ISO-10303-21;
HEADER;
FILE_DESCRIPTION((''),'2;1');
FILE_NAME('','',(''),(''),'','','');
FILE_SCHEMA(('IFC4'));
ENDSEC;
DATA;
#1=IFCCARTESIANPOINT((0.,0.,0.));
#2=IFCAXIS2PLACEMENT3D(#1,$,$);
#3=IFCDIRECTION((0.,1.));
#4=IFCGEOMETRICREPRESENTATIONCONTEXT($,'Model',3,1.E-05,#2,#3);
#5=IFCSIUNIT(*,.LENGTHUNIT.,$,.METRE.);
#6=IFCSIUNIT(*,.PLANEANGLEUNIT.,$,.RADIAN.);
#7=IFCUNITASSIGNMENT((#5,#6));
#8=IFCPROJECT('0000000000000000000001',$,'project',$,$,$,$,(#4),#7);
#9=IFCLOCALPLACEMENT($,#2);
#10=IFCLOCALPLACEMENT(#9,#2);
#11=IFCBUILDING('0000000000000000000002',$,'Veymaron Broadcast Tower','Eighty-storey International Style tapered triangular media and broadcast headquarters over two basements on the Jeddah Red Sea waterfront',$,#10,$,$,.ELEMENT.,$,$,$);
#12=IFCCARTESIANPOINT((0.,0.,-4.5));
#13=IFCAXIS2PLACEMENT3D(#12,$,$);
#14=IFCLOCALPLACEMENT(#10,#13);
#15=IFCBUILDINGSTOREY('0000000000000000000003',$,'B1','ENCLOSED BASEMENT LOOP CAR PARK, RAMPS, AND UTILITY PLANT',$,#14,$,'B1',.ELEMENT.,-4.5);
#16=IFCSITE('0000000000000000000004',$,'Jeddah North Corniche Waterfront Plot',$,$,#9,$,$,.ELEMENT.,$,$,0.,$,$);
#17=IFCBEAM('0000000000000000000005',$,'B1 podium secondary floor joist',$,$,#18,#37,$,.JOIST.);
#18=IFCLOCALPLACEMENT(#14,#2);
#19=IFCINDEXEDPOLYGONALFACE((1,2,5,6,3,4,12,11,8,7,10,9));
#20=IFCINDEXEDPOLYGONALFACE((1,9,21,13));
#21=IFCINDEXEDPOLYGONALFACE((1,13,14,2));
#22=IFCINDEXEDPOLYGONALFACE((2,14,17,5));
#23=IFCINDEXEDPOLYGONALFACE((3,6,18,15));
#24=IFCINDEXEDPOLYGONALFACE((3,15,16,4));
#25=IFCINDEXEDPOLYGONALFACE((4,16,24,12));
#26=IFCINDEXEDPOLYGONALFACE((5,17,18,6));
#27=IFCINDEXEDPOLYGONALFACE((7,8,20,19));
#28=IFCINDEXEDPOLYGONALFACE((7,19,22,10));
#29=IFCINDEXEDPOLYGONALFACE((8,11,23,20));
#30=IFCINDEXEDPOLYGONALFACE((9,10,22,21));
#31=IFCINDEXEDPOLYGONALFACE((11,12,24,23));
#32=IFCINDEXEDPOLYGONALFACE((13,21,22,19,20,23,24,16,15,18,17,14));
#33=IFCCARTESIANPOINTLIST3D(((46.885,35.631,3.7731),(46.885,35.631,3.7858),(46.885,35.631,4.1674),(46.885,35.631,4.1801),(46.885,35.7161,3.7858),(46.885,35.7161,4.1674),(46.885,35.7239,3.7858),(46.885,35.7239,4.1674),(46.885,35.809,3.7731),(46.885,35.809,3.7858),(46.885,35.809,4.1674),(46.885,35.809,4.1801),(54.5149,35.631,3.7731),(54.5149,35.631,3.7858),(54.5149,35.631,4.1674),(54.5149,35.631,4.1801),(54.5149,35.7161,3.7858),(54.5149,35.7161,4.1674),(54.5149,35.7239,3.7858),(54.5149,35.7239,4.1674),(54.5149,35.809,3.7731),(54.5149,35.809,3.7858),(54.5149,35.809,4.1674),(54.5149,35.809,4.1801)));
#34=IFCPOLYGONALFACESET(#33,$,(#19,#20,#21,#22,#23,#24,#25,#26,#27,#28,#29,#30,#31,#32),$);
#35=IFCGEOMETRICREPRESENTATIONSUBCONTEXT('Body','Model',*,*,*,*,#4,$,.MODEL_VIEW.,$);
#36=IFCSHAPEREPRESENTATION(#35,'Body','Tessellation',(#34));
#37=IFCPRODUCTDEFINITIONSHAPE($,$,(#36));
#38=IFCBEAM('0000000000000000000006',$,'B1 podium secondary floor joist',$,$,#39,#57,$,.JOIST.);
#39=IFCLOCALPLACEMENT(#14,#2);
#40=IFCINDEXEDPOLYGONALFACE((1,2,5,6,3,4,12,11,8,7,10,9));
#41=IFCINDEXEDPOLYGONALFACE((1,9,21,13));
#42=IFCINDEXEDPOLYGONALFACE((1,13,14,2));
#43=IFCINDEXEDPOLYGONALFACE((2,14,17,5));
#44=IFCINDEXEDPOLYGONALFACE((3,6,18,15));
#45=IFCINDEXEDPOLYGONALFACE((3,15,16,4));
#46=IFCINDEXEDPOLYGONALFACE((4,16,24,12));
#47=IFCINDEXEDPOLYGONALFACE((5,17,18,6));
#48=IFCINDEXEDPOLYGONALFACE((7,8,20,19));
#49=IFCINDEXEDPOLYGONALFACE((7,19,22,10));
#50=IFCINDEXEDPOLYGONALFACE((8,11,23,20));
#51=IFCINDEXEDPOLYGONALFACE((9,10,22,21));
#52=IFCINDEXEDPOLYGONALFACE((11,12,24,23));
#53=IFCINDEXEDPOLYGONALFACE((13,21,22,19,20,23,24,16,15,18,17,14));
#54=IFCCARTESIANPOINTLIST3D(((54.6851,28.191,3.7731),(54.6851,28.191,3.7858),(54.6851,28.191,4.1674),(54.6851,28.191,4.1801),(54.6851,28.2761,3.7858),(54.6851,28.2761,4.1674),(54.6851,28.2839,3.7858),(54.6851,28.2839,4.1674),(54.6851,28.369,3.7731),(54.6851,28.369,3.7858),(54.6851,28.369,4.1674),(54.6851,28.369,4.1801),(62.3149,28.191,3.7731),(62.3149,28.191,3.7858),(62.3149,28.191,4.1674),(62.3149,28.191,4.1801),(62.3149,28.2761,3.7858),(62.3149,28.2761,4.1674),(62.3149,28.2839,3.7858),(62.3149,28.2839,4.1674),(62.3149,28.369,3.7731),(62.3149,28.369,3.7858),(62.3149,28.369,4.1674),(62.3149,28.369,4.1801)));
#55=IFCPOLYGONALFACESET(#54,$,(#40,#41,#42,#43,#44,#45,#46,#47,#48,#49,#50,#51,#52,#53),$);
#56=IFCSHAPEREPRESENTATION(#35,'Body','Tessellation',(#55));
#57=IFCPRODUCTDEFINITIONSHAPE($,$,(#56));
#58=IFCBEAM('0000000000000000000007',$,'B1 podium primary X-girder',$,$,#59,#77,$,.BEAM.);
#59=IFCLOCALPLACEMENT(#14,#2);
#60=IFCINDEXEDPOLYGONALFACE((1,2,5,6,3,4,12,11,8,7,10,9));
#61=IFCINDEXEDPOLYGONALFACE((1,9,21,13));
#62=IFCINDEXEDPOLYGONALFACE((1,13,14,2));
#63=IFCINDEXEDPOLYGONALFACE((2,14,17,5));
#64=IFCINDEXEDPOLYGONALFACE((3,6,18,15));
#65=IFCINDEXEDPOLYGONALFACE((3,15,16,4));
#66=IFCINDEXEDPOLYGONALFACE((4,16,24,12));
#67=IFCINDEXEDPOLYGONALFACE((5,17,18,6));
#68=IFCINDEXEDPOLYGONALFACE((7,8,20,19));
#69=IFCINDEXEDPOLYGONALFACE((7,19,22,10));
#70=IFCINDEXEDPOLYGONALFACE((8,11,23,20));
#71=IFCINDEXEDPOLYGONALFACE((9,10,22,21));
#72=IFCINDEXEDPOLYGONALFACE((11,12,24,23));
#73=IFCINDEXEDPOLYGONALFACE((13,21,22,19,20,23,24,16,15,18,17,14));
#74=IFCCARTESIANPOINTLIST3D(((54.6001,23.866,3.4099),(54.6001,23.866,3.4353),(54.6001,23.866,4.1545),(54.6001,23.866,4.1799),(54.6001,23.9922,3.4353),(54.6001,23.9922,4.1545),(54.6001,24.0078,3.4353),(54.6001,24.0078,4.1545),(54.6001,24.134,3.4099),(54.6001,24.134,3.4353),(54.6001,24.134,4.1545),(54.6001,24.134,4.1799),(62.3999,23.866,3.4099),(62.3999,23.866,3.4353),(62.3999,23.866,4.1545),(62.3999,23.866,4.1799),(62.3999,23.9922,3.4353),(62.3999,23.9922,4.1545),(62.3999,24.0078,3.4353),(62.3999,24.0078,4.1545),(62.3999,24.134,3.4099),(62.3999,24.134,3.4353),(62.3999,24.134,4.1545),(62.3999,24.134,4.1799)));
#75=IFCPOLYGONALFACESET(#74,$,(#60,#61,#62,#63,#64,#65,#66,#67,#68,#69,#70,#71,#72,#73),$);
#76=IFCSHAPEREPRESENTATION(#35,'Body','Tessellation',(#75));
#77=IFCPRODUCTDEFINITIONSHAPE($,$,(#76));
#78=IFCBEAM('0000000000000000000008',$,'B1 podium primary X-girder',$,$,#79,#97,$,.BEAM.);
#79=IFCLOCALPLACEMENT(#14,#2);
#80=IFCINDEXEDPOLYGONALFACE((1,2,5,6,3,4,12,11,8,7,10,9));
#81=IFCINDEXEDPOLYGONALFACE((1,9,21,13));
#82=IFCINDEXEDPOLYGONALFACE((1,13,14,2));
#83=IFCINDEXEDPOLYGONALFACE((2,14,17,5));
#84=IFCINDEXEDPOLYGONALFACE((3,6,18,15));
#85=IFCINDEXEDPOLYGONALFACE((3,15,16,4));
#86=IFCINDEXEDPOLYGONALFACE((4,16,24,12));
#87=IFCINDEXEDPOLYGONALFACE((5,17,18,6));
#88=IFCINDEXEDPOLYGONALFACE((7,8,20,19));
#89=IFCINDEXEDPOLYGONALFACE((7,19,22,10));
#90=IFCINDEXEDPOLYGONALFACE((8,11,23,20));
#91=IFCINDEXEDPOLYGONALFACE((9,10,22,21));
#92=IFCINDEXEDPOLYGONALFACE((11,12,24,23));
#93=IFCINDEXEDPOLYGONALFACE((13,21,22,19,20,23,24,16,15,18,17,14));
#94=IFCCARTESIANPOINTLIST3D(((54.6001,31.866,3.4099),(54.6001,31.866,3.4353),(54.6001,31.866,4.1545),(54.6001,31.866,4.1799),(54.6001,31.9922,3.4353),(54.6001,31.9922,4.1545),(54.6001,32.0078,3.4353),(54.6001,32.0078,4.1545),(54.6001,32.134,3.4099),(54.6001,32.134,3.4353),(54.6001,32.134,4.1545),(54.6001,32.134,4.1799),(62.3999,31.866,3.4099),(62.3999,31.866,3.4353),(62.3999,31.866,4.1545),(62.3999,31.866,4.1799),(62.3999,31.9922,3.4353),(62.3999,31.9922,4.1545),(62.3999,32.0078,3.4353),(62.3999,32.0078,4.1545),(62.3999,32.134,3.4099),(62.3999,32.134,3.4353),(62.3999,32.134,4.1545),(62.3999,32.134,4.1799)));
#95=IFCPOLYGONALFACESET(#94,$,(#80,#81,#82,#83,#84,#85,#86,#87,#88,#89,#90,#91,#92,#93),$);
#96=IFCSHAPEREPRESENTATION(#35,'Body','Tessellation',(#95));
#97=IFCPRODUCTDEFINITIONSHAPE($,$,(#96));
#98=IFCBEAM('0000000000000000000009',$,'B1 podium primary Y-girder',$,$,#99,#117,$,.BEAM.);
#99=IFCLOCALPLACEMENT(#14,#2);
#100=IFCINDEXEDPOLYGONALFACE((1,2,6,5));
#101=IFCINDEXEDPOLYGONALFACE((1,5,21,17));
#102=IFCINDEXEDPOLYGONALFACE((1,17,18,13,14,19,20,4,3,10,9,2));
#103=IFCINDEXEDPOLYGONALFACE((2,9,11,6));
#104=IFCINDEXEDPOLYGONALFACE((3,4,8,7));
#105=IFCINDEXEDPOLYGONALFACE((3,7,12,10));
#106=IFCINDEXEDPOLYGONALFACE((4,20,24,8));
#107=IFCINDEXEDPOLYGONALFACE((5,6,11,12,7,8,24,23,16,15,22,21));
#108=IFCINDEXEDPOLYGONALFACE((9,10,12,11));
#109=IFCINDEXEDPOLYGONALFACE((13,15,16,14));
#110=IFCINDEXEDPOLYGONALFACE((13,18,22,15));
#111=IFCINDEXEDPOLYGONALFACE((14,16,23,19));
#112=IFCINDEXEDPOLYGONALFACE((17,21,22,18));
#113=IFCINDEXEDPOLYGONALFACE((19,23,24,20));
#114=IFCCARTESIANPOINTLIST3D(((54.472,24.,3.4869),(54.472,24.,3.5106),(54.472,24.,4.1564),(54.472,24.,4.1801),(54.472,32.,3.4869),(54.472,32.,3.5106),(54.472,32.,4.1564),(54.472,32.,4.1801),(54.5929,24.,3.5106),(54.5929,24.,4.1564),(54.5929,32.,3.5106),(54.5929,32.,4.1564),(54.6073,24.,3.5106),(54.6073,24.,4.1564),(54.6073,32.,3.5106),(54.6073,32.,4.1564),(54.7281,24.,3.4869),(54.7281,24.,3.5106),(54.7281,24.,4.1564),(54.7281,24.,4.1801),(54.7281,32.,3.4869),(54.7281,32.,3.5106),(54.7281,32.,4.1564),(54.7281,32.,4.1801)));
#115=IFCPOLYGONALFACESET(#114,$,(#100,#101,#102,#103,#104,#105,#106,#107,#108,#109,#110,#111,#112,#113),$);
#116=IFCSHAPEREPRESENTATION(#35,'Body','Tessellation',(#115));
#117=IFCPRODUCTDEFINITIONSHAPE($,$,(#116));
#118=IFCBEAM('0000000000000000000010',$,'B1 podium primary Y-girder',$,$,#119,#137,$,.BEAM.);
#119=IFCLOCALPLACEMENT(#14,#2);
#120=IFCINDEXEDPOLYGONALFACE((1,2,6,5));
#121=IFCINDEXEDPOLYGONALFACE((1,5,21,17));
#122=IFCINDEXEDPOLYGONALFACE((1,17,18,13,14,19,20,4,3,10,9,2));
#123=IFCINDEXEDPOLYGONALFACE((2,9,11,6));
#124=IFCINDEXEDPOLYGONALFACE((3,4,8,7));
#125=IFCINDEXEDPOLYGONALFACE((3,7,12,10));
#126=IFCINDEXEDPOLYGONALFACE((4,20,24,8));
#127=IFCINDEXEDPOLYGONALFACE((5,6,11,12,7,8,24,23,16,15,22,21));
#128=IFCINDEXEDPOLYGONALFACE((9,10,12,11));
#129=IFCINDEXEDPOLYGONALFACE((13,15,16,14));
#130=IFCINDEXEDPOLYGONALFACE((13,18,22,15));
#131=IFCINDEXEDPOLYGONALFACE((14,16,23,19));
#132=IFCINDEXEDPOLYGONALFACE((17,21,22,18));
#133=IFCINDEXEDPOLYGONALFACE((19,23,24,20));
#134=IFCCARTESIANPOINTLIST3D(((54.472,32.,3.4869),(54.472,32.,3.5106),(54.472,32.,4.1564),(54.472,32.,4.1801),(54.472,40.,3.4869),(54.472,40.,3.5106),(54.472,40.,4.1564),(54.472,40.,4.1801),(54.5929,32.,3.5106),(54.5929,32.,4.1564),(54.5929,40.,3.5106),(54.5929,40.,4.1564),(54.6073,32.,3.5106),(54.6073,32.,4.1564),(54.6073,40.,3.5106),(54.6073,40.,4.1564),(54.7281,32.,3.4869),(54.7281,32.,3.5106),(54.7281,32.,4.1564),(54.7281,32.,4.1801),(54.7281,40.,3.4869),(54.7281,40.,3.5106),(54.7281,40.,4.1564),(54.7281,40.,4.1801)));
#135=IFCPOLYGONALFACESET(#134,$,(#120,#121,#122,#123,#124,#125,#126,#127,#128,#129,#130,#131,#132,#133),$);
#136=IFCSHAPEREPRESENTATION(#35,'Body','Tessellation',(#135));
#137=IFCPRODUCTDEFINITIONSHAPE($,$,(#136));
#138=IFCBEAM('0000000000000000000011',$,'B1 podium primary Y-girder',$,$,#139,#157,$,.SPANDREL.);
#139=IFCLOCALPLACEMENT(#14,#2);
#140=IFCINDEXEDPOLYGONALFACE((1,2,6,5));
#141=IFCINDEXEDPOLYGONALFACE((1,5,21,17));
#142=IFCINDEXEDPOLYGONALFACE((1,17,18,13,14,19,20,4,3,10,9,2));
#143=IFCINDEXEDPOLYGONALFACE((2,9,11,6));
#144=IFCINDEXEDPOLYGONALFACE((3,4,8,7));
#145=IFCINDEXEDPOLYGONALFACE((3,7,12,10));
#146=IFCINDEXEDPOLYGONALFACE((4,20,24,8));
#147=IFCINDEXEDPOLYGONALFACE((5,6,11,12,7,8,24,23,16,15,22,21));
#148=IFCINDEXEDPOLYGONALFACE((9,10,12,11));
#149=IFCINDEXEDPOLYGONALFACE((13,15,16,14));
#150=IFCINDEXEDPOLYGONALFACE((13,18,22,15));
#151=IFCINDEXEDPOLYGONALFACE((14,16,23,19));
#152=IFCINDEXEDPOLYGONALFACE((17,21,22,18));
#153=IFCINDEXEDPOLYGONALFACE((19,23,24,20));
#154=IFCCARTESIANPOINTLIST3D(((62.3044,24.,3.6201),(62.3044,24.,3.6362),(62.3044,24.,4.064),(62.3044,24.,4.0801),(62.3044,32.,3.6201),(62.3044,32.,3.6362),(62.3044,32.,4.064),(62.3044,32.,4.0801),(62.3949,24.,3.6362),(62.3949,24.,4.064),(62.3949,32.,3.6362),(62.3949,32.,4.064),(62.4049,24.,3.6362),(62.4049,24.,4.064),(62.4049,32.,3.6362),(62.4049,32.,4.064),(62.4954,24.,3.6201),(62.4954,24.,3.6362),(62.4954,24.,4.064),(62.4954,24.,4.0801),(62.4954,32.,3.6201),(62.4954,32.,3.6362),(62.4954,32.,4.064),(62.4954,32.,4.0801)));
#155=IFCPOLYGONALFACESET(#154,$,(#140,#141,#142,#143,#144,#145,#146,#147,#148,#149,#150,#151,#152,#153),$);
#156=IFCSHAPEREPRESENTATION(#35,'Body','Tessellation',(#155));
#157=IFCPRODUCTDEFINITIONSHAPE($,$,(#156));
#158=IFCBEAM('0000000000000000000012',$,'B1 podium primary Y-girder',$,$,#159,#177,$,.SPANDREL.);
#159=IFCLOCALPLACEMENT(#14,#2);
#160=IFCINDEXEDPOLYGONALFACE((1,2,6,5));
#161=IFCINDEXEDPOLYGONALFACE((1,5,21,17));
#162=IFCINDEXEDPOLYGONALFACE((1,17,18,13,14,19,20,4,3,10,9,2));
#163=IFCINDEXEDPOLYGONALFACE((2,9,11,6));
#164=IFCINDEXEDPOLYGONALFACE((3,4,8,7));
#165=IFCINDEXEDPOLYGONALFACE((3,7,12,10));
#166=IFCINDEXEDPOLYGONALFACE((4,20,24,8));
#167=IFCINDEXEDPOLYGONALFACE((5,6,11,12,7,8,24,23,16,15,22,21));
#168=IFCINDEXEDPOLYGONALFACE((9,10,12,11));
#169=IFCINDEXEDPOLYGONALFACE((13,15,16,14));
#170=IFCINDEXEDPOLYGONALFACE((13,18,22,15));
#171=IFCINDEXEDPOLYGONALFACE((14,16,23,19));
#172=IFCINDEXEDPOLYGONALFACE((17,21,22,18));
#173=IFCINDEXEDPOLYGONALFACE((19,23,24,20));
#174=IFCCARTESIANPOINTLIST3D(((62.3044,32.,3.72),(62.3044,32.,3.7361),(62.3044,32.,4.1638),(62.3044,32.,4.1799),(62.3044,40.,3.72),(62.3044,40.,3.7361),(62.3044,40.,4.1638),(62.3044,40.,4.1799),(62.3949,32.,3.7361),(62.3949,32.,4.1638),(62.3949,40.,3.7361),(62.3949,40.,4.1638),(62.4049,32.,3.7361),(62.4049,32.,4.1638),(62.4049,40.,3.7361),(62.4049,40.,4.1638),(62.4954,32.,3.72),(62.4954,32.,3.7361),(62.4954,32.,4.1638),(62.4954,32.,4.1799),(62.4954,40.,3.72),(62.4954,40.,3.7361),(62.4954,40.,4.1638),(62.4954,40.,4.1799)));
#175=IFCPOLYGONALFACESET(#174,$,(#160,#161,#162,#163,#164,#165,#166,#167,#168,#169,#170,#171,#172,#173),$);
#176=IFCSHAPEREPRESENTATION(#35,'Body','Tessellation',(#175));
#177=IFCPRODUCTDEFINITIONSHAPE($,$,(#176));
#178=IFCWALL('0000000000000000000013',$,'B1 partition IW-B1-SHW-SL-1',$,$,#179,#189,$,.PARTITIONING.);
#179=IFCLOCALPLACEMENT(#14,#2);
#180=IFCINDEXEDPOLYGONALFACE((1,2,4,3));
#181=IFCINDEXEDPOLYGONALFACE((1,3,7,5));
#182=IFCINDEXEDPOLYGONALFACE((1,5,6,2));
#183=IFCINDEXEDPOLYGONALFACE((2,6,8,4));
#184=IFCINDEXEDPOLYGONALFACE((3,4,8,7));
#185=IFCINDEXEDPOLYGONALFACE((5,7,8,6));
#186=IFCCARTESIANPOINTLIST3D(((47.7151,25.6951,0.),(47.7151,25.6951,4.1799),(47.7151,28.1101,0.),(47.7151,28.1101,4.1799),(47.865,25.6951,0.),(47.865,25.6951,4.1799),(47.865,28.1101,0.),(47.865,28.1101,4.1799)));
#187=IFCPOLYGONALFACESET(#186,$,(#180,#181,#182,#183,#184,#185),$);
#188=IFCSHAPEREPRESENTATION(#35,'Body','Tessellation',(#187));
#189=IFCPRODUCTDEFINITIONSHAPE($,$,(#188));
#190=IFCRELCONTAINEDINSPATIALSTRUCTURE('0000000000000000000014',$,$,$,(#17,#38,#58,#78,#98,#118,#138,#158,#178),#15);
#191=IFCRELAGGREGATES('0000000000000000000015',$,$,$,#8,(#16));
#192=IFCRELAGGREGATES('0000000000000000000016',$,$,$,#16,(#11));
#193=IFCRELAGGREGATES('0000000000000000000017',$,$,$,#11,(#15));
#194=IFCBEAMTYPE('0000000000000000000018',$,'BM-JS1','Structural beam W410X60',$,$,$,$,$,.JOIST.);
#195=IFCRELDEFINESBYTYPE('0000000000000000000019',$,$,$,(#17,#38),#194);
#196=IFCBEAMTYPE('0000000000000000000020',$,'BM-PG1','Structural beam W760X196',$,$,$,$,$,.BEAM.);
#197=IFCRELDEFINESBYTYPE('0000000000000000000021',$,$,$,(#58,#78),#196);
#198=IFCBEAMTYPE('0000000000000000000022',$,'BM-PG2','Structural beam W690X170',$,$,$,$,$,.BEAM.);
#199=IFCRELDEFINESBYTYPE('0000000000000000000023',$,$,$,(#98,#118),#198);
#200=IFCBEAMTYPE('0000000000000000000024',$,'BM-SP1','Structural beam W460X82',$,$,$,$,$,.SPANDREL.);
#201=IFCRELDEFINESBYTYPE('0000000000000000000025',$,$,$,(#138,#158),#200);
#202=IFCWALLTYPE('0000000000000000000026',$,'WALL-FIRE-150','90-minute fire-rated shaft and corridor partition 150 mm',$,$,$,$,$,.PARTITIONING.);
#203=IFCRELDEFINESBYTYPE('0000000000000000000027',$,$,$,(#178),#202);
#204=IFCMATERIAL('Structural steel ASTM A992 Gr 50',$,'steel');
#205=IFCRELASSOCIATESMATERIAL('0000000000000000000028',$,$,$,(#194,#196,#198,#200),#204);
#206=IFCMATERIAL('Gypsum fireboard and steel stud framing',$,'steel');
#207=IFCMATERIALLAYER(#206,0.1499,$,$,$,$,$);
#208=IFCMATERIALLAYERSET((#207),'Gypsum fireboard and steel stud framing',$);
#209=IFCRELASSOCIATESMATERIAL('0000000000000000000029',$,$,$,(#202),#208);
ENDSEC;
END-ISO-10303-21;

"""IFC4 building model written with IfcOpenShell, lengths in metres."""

from ifc_helpers import new_model, si_unit, direction, frame, frame_2d, origin, origin_2d, place, context, subcontext, project, spatial, rectangle, i_section, extrude, material, layer, layer_set, material_profile, profile_set, type_object, element, save


model = new_model("IFC4")

# Units and contexts
model_context = context("Model", 3, precision=1e-05, world=origin(), true_north=direction((0.0, 1.0)))
body_context = subcontext(model_context, "Body", "Model", "MODEL_VIEW")
ifc_project = project(units=[si_unit("LENGTHUNIT", "METRE"), si_unit("PLANEANGLEUNIT", "RADIAN")], contexts=[model_context])

# Site, building, storey
site_placement = place(None, origin())
site = spatial("IfcSite", under=ifc_project, at=site_placement, Name="Jeddah North Corniche Waterfront Plot", CompositionType="ELEMENT", RefElevation=0.0)
building_placement = place(site_placement, origin())
building = spatial("IfcBuilding", under=site, at=building_placement, Name="Veymaron Broadcast Tower", Description="Eighty-storey International Style tapered triangular media and broadcast headquarters over two basements on the Jeddah Red Sea waterfront", CompositionType="ELEMENT")
storey_placement = place(building_placement, frame((0.0, 0.0, -4.5)))
storey = spatial("IfcBuildingStorey", under=building, at=storey_placement, Name="B1", Description="ENCLOSED BASEMENT LOOP CAR PARK, RAMPS, AND UTILITY PLANT", LongName="B1", CompositionType="ELEMENT", Elevation=-4.5)

# Shared definitions
ifc_material_1 = material(Name="Structural steel ASTM A992 Gr 50", Category="steel")

# Beams
ifc_material_profile_1 = material_profile(ifc_material_1, i_section(OverallWidth=0.178, OverallDepth=0.407, WebThickness=0.0078, FlangeThickness=0.0127, at=origin_2d()), Name="W410X60")
ifc_profile_set_1 = profile_set([ifc_material_profile_1], Name="Structural steel ASTM A992 Gr 50")
beam_type_1 = type_object("IfcBeamType", Name="BM-JS1", Description="Structural beam W410X60", PredefinedType="JOIST", material=ifc_profile_set_1)
for number, where, z_axis, x_axis, name in (
    (1, (46.885, 35.72, 3.9766), (1.0, 0.0, 0.0), (0.0, 1.0, 0.0), "B1 podium secondary floor joist"),
    (2, (54.6851, 28.28, 3.9766), (1.0, 0.0, 0.0), (0.0, 1.0, 0.0), "B1 podium secondary floor joist"),
):
    element("IfcBeam", number, at=place(storey_placement, frame(where, z_axis=z_axis, x_axis=x_axis)), inside=storey, type_object=beam_type_1, Name=name, PredefinedType="JOIST", context=body_context, shape_type="SweptSolid", body=[
        extrude(i_section(OverallWidth=0.178, OverallDepth=0.407, WebThickness=0.0078, FlangeThickness=0.0127, at=origin_2d()), origin(), (0.0, 0.0, 1.0), 7.6299),
    ])
ifc_material_profile_2 = material_profile(ifc_material_1, i_section(OverallWidth=0.2681, OverallDepth=0.77, WebThickness=0.0156, FlangeThickness=0.0254, at=origin_2d()), Name="W760X196")
ifc_profile_set_2 = profile_set([ifc_material_profile_2], Name="Structural steel ASTM A992 Gr 50")
beam_type_2 = type_object("IfcBeamType", Name="BM-PG1", Description="Structural beam W760X196", PredefinedType="BEAM", material=ifc_profile_set_2)
for number, where, z_axis, x_axis, name in (
    (3, (54.6001, 24.0, 3.7949), (1.0, 0.0, 0.0), (0.0, 1.0, 0.0), "B1 podium primary X-girder"),
    (4, (54.6001, 32.0, 3.7949), (1.0, 0.0, 0.0), (0.0, 1.0, 0.0), "B1 podium primary X-girder"),
):
    element("IfcBeam", number, at=place(storey_placement, frame(where, z_axis=z_axis, x_axis=x_axis)), inside=storey, type_object=beam_type_2, Name=name, PredefinedType="BEAM", context=body_context, shape_type="SweptSolid", body=[
        extrude(i_section(OverallWidth=0.2681, OverallDepth=0.77, WebThickness=0.0156, FlangeThickness=0.0254, at=origin_2d()), origin(), (0.0, 0.0, 1.0), 7.7998),
    ])
ifc_material_profile_3 = material_profile(ifc_material_1, i_section(OverallWidth=0.2561, OverallDepth=0.6931, WebThickness=0.0144, FlangeThickness=0.0237, at=origin_2d()), Name="W690X170")
ifc_profile_set_3 = profile_set([ifc_material_profile_3], Name="Structural steel ASTM A992 Gr 50")
beam_type_3 = type_object("IfcBeamType", Name="BM-PG2", Description="Structural beam W690X170", PredefinedType="BEAM", material=ifc_profile_set_3)
for number, where, z_axis, x_axis, name in (
    (5, (54.6001, 24.0, 3.8335), (0.0, 1.0, 0.0), (-1.0, 0.0, 0.0), "B1 podium primary Y-girder"),
    (6, (54.6001, 32.0, 3.8335), (0.0, 1.0, 0.0), (-1.0, 0.0, 0.0), "B1 podium primary Y-girder"),
):
    element("IfcBeam", number, at=place(storey_placement, frame(where, z_axis=z_axis, x_axis=x_axis)), inside=storey, type_object=beam_type_3, Name=name, PredefinedType="BEAM", context=body_context, shape_type="SweptSolid", body=[
        extrude(i_section(OverallWidth=0.2561, OverallDepth=0.6931, WebThickness=0.0144, FlangeThickness=0.0237, at=origin_2d()), origin(), (0.0, 0.0, 1.0), 8.0),
    ])
ifc_material_profile_4 = material_profile(ifc_material_1, i_section(OverallWidth=0.1909, OverallDepth=0.46, WebThickness=0.01, FlangeThickness=0.0161, at=origin_2d()), Name="W460X82")
ifc_profile_set_4 = profile_set([ifc_material_profile_4], Name="Structural steel ASTM A992 Gr 50")
beam_type_4 = type_object("IfcBeamType", Name="BM-SP1", Description="Structural beam W460X82", PredefinedType="SPANDREL", material=ifc_profile_set_4)
for number, where, z_axis, x_axis, name in (
    (7, (62.3999, 24.0, 3.8501), (0.0, 1.0, 0.0), (-1.0, 0.0, 0.0), "B1 podium primary Y-girder"),
    (8, (62.3999, 32.0, 3.95), (0.0, 1.0, 0.0), (-1.0, 0.0, 0.0), "B1 podium primary Y-girder"),
):
    element("IfcBeam", number, at=place(storey_placement, frame(where, z_axis=z_axis, x_axis=x_axis)), inside=storey, type_object=beam_type_4, Name=name, PredefinedType="SPANDREL", context=body_context, shape_type="SweptSolid", body=[
        extrude(i_section(OverallWidth=0.1909, OverallDepth=0.46, WebThickness=0.01, FlangeThickness=0.0161, at=origin_2d()), origin(), (0.0, 0.0, 1.0), 8.0),
    ])

# Shared definitions
ifc_material_2 = material(Name="Gypsum fireboard and steel stud framing", Category="steel")
ifc_layer_1 = layer(ifc_material_2, 0.1499)
ifc_layer_set_1 = layer_set([ifc_layer_1], Name="Gypsum fireboard and steel stud framing")
wall_type_1 = type_object("IfcWallType", Name="WALL-FIRE-150", Description="90-minute fire-rated shaft and corridor partition 150 mm", PredefinedType="PARTITIONING", material=ifc_layer_set_1)

# Wall
for number, where, z_axis, x_axis, name in (
    (9, (47.79, 25.6951, 0.0), (0.0, 0.0, 1.0), (0.0, 1.0, 0.0), "B1 partition IW-B1-SHW-SL-1"),
):
    element("IfcWall", number, at=place(storey_placement, frame(where, z_axis=z_axis, x_axis=x_axis)), inside=storey, type_object=wall_type_1, Name=name, PredefinedType="PARTITIONING", context=body_context, shape_type="SweptSolid", body=[
        extrude(rectangle(XDim=2.415, YDim=0.1499, at=frame_2d((1.2075, 0.0))), origin(), (0.0, 0.0, 1.0), 4.1799),
    ])

save(model, "model.ifc")
